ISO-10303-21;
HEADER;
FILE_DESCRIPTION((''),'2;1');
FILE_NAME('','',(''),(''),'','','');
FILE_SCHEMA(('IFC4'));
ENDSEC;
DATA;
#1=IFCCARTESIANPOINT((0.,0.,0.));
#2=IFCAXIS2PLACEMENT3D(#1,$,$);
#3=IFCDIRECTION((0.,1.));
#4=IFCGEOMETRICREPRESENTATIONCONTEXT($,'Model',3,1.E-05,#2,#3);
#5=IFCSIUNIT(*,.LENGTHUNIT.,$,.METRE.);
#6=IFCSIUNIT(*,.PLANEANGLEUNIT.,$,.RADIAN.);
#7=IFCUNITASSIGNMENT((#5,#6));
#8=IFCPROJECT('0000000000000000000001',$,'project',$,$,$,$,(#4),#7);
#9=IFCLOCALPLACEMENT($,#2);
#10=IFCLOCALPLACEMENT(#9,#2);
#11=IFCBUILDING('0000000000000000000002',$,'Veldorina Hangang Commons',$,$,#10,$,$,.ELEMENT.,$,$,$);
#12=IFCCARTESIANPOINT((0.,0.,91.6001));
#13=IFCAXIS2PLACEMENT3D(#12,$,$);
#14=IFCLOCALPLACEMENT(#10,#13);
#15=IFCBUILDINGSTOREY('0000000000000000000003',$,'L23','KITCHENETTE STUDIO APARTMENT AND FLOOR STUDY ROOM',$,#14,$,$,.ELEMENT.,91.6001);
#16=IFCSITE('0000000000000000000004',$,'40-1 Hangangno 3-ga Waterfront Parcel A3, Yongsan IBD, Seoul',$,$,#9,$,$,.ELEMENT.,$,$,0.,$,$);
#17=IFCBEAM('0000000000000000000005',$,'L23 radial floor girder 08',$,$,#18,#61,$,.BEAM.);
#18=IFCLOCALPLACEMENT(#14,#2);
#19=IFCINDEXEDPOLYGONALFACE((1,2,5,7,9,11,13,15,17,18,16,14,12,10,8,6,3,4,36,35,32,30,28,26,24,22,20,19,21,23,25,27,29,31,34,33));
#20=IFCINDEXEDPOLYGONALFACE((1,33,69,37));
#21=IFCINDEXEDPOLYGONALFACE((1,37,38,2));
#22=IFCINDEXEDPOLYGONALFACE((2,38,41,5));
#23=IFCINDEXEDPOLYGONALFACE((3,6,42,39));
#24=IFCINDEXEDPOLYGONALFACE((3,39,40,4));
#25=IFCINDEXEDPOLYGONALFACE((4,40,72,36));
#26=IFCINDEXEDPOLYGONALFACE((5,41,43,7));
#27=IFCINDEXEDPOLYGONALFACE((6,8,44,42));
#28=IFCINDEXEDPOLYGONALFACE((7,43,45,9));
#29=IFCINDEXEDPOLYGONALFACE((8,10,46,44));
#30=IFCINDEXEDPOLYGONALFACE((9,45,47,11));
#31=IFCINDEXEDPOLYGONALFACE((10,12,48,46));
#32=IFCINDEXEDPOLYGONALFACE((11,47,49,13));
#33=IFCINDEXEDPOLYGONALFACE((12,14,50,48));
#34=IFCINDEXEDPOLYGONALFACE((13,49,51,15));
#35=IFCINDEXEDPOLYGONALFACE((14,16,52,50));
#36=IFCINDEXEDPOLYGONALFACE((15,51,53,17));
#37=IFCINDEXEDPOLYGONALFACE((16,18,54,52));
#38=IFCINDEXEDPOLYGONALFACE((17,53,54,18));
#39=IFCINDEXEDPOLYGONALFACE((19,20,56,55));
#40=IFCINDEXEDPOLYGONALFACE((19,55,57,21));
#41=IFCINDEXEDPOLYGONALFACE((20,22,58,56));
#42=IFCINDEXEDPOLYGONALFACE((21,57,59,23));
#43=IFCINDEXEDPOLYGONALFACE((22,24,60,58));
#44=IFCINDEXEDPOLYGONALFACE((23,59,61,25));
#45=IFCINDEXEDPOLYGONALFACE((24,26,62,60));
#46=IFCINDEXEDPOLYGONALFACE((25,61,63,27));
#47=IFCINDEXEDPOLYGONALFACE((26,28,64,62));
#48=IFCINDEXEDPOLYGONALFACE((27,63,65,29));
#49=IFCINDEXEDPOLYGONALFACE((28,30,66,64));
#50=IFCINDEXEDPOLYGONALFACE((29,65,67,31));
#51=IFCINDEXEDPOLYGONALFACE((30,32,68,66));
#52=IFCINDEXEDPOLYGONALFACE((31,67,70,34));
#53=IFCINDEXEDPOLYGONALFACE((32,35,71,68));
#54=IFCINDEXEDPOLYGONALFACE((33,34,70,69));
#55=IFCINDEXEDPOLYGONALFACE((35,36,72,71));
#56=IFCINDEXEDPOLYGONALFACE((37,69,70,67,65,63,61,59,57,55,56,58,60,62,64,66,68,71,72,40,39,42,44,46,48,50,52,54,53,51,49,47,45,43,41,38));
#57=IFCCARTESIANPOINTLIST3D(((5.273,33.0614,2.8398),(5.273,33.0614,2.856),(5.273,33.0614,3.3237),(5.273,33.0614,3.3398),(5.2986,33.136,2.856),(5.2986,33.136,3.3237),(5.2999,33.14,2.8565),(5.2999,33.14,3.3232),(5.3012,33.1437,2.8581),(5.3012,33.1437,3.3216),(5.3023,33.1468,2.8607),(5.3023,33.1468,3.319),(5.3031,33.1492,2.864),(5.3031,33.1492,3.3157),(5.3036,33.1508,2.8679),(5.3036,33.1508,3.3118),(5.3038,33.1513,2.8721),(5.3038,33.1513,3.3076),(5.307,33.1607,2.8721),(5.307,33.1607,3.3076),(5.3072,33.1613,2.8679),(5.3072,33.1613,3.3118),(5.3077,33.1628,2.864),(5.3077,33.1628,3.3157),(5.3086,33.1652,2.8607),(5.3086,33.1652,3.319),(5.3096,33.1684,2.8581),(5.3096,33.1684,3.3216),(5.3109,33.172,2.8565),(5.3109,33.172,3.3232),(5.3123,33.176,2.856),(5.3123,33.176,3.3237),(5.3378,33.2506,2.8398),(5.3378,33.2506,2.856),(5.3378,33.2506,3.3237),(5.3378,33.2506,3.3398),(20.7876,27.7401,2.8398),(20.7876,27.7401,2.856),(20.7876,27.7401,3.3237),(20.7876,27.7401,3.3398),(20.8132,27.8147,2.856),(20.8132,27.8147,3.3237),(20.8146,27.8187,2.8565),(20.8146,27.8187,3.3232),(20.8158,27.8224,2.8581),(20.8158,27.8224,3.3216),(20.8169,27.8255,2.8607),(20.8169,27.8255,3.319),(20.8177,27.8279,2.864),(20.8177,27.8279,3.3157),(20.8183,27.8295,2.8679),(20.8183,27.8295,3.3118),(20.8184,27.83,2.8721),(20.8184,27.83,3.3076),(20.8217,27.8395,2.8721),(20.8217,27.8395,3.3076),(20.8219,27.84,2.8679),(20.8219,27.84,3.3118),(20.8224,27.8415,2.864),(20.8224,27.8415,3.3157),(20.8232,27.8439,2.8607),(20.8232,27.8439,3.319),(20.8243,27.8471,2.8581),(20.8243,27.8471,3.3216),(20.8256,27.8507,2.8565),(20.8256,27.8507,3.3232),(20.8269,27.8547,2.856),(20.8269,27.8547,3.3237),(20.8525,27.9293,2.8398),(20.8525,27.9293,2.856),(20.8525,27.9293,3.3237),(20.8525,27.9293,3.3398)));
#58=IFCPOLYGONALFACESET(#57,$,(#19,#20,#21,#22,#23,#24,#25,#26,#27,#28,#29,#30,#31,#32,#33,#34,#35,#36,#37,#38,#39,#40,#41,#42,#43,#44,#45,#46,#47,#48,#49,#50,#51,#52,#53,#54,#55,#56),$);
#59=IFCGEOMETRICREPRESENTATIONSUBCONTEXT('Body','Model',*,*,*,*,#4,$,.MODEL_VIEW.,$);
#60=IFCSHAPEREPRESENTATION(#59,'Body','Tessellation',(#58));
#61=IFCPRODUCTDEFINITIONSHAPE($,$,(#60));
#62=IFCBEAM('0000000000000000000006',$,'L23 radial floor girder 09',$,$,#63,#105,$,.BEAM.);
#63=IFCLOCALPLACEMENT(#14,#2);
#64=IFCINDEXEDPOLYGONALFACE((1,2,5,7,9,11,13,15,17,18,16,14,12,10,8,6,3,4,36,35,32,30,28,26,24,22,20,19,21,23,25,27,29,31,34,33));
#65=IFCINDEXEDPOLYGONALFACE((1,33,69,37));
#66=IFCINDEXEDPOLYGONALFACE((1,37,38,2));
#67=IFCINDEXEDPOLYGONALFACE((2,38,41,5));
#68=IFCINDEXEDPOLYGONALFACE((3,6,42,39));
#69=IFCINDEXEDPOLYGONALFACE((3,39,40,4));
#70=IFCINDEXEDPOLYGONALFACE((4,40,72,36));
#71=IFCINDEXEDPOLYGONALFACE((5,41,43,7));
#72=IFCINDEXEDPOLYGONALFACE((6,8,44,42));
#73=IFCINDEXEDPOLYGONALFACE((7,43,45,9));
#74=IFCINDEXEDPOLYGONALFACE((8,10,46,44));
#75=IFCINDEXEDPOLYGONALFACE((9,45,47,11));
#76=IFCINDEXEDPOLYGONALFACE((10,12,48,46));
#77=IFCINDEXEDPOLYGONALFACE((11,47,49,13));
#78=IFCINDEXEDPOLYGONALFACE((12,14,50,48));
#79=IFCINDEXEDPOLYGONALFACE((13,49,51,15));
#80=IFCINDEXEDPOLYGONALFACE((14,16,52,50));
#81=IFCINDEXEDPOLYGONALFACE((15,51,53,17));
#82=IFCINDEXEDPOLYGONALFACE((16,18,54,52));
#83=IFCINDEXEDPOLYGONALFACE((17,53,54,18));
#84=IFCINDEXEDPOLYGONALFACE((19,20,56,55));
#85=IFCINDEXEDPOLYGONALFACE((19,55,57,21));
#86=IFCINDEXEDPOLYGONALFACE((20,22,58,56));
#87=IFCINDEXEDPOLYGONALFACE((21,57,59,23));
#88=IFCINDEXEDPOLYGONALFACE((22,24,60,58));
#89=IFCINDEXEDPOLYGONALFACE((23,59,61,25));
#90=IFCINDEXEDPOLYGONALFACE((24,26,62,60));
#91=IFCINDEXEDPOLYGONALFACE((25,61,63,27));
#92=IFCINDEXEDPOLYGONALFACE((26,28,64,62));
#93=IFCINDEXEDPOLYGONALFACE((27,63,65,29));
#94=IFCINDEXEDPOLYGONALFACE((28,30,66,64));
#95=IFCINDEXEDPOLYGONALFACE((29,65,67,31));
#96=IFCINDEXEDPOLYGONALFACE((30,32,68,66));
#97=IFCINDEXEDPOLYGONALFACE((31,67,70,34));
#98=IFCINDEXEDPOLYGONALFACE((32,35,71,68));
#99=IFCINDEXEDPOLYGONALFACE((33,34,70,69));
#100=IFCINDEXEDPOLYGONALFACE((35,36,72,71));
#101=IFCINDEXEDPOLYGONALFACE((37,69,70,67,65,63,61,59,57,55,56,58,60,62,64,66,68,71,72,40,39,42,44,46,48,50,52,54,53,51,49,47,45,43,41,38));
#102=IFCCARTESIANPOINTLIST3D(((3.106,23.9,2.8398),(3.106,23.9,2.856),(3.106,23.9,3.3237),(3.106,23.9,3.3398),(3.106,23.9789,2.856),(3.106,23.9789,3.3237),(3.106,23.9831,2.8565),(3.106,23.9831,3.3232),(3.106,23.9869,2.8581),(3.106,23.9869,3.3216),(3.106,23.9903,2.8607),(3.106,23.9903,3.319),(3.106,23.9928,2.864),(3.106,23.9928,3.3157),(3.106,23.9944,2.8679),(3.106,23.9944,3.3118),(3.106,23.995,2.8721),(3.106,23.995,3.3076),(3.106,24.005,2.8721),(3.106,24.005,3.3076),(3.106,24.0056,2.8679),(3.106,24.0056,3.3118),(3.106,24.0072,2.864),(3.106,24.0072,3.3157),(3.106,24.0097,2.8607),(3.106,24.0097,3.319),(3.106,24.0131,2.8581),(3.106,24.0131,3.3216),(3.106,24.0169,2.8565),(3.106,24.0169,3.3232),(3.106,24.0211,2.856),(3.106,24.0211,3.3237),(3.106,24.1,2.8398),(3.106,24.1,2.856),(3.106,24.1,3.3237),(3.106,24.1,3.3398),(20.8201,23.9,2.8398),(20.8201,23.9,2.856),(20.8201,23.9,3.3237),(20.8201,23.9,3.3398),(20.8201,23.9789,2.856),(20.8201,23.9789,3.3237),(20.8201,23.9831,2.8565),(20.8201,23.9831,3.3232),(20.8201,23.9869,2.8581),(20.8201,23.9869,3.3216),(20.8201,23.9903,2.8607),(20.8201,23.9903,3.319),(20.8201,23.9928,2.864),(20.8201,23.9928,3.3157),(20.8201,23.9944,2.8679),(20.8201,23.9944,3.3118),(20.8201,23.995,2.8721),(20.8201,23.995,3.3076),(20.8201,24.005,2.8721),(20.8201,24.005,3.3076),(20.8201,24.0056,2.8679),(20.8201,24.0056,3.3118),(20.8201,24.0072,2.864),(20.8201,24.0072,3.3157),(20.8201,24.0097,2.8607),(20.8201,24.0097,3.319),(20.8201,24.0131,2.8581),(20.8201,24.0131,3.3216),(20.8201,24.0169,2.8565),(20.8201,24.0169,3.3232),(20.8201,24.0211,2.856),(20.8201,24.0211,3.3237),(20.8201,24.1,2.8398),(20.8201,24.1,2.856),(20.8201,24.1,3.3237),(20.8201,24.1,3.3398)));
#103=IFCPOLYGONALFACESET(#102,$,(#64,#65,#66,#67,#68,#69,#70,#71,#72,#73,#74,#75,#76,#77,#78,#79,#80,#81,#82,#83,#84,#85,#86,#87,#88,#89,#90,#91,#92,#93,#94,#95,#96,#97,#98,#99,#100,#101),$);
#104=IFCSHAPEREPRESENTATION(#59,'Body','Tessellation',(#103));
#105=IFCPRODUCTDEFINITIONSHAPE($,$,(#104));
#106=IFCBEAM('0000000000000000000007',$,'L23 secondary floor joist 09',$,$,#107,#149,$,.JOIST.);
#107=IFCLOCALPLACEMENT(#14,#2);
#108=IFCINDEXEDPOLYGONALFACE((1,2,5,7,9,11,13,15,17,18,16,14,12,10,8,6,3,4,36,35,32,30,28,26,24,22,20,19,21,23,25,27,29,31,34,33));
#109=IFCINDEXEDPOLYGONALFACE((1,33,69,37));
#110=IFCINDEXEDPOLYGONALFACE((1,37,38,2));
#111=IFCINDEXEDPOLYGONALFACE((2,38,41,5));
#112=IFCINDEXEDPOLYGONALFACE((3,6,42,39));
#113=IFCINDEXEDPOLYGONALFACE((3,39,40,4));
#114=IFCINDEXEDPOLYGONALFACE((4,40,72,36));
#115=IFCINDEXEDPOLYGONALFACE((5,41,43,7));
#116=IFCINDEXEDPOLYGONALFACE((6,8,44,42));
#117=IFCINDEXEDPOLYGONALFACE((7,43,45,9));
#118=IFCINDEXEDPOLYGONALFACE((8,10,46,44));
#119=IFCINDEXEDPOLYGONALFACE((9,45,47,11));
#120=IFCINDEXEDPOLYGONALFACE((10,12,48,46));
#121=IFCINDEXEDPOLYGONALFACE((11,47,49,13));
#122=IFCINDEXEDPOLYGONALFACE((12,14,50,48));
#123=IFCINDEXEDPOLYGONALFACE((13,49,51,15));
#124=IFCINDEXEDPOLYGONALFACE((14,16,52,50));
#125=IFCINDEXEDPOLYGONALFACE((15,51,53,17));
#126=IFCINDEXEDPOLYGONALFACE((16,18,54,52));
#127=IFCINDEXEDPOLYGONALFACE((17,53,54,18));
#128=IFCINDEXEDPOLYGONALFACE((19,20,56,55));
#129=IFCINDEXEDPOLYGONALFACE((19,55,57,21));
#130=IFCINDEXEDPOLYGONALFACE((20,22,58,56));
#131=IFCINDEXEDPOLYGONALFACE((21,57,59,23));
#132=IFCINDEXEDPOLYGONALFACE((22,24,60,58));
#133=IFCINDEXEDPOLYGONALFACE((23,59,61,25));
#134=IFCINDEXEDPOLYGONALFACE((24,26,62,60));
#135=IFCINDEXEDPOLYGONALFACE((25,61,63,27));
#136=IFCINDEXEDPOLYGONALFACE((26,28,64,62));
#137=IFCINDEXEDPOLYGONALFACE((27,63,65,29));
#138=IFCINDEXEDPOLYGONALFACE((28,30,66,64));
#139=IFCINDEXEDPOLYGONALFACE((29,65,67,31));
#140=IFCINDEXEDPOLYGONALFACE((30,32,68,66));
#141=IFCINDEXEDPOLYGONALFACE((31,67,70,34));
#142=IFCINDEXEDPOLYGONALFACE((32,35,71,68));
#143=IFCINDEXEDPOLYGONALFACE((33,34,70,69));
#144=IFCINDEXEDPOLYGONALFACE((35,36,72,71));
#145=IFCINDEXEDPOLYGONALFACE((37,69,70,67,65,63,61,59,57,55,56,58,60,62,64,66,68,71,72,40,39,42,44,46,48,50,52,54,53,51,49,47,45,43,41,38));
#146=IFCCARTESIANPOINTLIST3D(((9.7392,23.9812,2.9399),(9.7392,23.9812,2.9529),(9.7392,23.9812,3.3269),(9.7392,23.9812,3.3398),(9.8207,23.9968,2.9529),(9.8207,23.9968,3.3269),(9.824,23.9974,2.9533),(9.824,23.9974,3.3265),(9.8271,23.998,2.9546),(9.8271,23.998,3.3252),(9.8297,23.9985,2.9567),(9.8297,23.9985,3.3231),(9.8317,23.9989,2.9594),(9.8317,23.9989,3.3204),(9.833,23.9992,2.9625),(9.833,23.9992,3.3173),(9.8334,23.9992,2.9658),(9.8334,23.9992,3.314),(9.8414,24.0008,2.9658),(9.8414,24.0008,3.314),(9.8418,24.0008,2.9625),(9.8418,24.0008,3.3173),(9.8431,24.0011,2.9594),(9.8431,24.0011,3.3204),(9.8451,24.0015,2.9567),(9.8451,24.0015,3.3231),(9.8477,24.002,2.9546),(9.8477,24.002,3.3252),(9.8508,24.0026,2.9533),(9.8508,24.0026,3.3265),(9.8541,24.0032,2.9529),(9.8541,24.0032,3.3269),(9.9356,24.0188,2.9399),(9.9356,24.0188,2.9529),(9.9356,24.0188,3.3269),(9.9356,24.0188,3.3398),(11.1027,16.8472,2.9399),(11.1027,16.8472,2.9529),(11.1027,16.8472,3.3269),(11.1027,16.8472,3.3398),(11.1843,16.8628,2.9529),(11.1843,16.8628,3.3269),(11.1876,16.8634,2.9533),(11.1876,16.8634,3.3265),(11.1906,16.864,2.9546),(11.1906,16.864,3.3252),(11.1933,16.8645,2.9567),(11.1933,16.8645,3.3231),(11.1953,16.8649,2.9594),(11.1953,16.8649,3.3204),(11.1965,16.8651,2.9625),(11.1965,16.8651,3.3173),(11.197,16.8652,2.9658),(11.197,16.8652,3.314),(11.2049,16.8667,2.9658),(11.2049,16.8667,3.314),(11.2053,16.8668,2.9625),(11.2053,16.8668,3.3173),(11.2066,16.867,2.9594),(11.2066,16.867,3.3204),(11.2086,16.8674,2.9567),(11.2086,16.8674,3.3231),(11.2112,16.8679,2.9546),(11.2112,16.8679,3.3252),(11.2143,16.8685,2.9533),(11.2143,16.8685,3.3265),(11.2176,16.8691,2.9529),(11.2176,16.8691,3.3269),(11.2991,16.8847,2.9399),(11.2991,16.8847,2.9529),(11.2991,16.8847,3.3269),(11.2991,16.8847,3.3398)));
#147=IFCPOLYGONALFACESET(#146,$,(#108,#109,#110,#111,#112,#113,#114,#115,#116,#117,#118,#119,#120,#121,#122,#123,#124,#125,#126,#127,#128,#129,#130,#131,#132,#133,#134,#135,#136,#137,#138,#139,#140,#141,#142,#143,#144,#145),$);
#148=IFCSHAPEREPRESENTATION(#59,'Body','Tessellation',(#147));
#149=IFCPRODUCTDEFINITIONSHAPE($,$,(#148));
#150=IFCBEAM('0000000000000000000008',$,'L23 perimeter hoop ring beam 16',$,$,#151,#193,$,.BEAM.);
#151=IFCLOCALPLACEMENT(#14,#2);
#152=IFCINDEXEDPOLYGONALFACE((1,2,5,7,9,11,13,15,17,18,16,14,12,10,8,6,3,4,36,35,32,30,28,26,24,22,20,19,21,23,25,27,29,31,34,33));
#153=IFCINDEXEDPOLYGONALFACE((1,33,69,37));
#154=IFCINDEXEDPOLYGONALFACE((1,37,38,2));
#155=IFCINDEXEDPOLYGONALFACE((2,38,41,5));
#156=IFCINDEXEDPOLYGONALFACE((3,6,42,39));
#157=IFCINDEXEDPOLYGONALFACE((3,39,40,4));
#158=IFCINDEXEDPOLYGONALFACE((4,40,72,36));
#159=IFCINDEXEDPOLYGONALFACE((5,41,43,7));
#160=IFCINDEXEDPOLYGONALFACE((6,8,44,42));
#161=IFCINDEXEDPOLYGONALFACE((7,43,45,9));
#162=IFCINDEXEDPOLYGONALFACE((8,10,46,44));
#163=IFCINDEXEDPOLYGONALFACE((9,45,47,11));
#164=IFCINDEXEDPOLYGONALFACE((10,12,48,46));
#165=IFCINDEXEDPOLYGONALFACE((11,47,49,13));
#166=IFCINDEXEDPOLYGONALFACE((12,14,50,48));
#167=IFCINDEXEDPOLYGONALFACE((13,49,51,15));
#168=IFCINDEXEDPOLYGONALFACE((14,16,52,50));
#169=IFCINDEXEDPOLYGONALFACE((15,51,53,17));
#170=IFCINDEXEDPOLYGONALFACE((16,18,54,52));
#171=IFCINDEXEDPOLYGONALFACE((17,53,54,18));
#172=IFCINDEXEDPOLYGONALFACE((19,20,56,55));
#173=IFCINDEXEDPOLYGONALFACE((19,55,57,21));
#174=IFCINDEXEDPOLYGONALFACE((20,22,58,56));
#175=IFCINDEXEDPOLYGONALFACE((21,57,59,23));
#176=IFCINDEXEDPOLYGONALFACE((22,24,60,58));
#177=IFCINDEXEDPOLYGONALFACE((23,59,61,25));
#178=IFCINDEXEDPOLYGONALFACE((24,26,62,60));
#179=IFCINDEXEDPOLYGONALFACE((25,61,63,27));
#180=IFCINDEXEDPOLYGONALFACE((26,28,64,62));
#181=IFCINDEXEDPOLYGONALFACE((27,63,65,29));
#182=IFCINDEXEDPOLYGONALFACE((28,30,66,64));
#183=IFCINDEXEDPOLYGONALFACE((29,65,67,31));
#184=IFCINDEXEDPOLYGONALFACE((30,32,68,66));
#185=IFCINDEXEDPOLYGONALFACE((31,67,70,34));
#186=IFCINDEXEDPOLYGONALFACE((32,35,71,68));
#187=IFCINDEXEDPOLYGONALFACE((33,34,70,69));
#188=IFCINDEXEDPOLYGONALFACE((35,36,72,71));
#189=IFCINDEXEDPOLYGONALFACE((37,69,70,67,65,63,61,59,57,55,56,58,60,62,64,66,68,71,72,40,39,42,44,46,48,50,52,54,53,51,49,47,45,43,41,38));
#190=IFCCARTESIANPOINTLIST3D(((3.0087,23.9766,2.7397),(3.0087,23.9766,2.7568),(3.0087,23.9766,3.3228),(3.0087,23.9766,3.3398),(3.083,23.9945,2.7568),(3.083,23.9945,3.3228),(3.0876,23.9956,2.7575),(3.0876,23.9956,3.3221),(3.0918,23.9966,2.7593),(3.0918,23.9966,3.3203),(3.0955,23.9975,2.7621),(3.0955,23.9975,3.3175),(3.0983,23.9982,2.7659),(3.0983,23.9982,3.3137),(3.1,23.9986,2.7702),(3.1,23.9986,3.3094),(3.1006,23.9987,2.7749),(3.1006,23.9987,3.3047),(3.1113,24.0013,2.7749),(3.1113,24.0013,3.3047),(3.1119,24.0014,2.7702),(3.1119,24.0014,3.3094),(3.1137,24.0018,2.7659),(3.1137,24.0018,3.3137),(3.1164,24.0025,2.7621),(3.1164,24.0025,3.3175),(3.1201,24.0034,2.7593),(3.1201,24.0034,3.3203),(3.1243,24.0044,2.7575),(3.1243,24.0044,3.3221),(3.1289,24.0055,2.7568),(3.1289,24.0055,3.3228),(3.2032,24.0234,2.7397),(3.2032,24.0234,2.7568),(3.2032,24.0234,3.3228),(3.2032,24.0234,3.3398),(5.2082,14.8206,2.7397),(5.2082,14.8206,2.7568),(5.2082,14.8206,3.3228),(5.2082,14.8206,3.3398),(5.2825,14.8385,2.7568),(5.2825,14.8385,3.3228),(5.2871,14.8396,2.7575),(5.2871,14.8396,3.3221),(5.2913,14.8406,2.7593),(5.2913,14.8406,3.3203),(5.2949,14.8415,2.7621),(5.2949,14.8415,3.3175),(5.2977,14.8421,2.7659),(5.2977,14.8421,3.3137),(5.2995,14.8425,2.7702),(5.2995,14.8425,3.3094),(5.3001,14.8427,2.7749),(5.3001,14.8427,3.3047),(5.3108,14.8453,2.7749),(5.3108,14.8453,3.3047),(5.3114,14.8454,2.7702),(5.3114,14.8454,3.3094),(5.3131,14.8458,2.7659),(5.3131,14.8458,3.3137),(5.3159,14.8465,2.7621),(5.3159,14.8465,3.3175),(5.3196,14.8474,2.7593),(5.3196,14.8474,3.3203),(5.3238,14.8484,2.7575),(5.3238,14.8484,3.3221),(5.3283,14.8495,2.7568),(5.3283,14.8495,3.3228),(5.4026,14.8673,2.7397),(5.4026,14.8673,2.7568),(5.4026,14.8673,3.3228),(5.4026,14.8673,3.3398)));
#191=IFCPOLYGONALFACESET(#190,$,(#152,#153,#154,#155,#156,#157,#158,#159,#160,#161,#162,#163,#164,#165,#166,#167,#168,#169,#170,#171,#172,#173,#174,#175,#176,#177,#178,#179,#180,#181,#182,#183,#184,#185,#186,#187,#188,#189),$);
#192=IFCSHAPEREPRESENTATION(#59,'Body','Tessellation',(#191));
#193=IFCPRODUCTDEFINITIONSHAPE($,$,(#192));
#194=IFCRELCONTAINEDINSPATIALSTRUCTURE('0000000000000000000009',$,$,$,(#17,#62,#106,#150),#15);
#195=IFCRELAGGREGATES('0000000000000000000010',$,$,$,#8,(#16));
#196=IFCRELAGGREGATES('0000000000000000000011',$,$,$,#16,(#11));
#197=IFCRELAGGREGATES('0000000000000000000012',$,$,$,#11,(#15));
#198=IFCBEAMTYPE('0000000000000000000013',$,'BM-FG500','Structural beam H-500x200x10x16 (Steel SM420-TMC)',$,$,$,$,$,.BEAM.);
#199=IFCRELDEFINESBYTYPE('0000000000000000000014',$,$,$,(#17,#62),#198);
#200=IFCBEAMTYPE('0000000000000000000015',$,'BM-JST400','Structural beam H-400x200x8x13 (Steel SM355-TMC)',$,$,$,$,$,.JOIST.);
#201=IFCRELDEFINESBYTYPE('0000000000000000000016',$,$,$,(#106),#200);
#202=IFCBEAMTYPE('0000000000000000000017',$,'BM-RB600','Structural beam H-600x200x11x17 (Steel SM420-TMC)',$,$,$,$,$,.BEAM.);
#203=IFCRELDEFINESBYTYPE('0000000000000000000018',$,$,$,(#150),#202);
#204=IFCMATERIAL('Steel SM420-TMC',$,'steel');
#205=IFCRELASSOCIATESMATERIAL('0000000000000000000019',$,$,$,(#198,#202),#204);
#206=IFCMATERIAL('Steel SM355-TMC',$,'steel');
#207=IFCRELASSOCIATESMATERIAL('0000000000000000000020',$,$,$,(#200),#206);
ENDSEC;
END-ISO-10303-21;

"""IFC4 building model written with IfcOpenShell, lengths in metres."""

from ifc_helpers import new_model, si_unit, direction, frame, origin, origin_2d, place, context, subcontext, project, spatial, i_section, extrude, material, material_profile, profile_set, type_object, element, save


model = new_model("IFC4")

# Units and contexts
model_context = context("Model", 3, precision=1e-05, world=origin(), true_north=direction((0.0, 1.0)))
body_context = subcontext(model_context, "Body", "Model", "MODEL_VIEW")
ifc_project = project(units=[si_unit("LENGTHUNIT", "METRE"), si_unit("PLANEANGLEUNIT", "RADIAN")], contexts=[model_context])

# Site, building, storey
site_placement = place(None, origin())
site = spatial("IfcSite", under=ifc_project, at=site_placement, Name="40-1 Hangangno 3-ga Waterfront Parcel A3, Yongsan IBD, Seoul", CompositionType="ELEMENT", RefElevation=0.0)
building_placement = place(site_placement, origin())
building = spatial("IfcBuilding", under=site, at=building_placement, Name="Veldorina Hangang Commons", CompositionType="ELEMENT")
storey_placement = place(building_placement, frame((0.0, 0.0, 91.6001)))
storey = spatial("IfcBuildingStorey", under=building, at=storey_placement, Name="L23", Description="KITCHENETTE STUDIO APARTMENT AND FLOOR STUDY ROOM", CompositionType="ELEMENT", Elevation=91.6001)

# Beams
ifc_material_1 = material(Name="Steel SM420-TMC", Category="steel")
ifc_material_profile_1 = material_profile(ifc_material_1, i_section(OverallWidth=0.2, OverallDepth=0.5, WebThickness=0.01, FlangeThickness=0.0161, FilletRadius=0.0161, at=origin_2d()), Name="H-500x200x10x16")
ifc_profile_set_1 = profile_set([ifc_material_profile_1], Name="Steel SM420-TMC")
beam_type_1 = type_object("IfcBeamType", Name="BM-FG500", Description="Structural beam H-500x200x10x16 (Steel SM420-TMC)", PredefinedType="BEAM", material=ifc_profile_set_1)
beam_1_placement = place(storey_placement, frame((20.8201, 27.8347, 3.0898), z_axis=(-0.945909, 0.324432, 0.0), x_axis=(-0.324432, -0.945909, 0.0)))
element("IfcBeam", 1, at=beam_1_placement, inside=storey, type_object=beam_type_1, Name="L23 radial floor girder 08", PredefinedType="BEAM", context=body_context, shape_type="SweptSolid", body=[
    extrude(i_section(OverallWidth=0.2, OverallDepth=0.5, WebThickness=0.01, FlangeThickness=0.0161, FilletRadius=0.0161, at=origin_2d()), origin(), (0.0, 0.0, 1.0), 16.4019),
])
beam_2_placement = place(storey_placement, frame((20.8201, 24.0, 3.0898), z_axis=(-1.0, 0.0, 0.0), x_axis=(0.0, -1.0, 0.0)))
element("IfcBeam", 2, at=beam_2_placement, inside=storey, type_object=beam_type_1, Name="L23 radial floor girder 09", PredefinedType="BEAM", context=body_context, shape_type="SweptSolid", body=[
    extrude(i_section(OverallWidth=0.2, OverallDepth=0.5, WebThickness=0.01, FlangeThickness=0.0161, FilletRadius=0.0161, at=origin_2d()), origin(), (0.0, 0.0, 1.0), 17.7141),
])
ifc_material_2 = material(Name="Steel SM355-TMC", Category="steel")
ifc_material_profile_2 = material_profile(ifc_material_2, i_section(OverallWidth=0.2, OverallDepth=0.3999, WebThickness=0.0081, FlangeThickness=0.0129, FilletRadius=0.0129, at=origin_2d()), Name="H-400x200x8x13")
ifc_profile_set_2 = profile_set([ifc_material_profile_2], Name="Steel SM355-TMC")
beam_type_2 = type_object("IfcBeamType", Name="BM-JST400", Description="Structural beam H-400x200x8x13 (Steel SM355-TMC)", PredefinedType="JOIST", material=ifc_profile_set_2)
beam_3_placement = place(storey_placement, frame((9.8374, 24.0, 3.1399), z_axis=(0.187731, -0.98222, 0.0), x_axis=(0.98222, 0.187731, 0.0)))
element("IfcBeam", 3, at=beam_3_placement, inside=storey, type_object=beam_type_2, Name="L23 secondary floor joist 09", PredefinedType="JOIST", context=body_context, shape_type="SweptSolid", body=[
    extrude(i_section(OverallWidth=0.2, OverallDepth=0.3999, WebThickness=0.0081, FlangeThickness=0.0129, FilletRadius=0.0129, at=origin_2d()), origin(), (0.0, 0.0, 1.0), 7.2632),
])
ifc_material_profile_3 = material_profile(ifc_material_1, i_section(OverallWidth=0.2, OverallDepth=0.6001, WebThickness=0.011, FlangeThickness=0.0171, FilletRadius=0.0181, at=origin_2d()), Name="H-600x200x11x17")
ifc_profile_set_3 = profile_set([ifc_material_profile_3], Name="Steel SM420-TMC")
beam_type_3 = type_object("IfcBeamType", Name="BM-RB600", Description="Structural beam H-600x200x11x17 (Steel SM420-TMC)", PredefinedType="BEAM", material=ifc_profile_set_3)
beam_4_placement = place(storey_placement, frame((3.106, 24.0, 3.0398), z_axis=(0.233576, -0.972339, 0.0), x_axis=(0.972339, 0.233576, 0.0)))
element("IfcBeam", 4, at=beam_4_placement, inside=storey, type_object=beam_type_3, Name="L23 perimeter hoop ring beam 16", PredefinedType="BEAM", context=body_context, shape_type="SweptSolid", body=[
    extrude(i_section(OverallWidth=0.2, OverallDepth=0.6001, WebThickness=0.011, FlangeThickness=0.0171, FilletRadius=0.0181, at=origin_2d()), origin(), (0.0, 0.0, 1.0), 9.4165),
])

save(model, "model.ifc")
